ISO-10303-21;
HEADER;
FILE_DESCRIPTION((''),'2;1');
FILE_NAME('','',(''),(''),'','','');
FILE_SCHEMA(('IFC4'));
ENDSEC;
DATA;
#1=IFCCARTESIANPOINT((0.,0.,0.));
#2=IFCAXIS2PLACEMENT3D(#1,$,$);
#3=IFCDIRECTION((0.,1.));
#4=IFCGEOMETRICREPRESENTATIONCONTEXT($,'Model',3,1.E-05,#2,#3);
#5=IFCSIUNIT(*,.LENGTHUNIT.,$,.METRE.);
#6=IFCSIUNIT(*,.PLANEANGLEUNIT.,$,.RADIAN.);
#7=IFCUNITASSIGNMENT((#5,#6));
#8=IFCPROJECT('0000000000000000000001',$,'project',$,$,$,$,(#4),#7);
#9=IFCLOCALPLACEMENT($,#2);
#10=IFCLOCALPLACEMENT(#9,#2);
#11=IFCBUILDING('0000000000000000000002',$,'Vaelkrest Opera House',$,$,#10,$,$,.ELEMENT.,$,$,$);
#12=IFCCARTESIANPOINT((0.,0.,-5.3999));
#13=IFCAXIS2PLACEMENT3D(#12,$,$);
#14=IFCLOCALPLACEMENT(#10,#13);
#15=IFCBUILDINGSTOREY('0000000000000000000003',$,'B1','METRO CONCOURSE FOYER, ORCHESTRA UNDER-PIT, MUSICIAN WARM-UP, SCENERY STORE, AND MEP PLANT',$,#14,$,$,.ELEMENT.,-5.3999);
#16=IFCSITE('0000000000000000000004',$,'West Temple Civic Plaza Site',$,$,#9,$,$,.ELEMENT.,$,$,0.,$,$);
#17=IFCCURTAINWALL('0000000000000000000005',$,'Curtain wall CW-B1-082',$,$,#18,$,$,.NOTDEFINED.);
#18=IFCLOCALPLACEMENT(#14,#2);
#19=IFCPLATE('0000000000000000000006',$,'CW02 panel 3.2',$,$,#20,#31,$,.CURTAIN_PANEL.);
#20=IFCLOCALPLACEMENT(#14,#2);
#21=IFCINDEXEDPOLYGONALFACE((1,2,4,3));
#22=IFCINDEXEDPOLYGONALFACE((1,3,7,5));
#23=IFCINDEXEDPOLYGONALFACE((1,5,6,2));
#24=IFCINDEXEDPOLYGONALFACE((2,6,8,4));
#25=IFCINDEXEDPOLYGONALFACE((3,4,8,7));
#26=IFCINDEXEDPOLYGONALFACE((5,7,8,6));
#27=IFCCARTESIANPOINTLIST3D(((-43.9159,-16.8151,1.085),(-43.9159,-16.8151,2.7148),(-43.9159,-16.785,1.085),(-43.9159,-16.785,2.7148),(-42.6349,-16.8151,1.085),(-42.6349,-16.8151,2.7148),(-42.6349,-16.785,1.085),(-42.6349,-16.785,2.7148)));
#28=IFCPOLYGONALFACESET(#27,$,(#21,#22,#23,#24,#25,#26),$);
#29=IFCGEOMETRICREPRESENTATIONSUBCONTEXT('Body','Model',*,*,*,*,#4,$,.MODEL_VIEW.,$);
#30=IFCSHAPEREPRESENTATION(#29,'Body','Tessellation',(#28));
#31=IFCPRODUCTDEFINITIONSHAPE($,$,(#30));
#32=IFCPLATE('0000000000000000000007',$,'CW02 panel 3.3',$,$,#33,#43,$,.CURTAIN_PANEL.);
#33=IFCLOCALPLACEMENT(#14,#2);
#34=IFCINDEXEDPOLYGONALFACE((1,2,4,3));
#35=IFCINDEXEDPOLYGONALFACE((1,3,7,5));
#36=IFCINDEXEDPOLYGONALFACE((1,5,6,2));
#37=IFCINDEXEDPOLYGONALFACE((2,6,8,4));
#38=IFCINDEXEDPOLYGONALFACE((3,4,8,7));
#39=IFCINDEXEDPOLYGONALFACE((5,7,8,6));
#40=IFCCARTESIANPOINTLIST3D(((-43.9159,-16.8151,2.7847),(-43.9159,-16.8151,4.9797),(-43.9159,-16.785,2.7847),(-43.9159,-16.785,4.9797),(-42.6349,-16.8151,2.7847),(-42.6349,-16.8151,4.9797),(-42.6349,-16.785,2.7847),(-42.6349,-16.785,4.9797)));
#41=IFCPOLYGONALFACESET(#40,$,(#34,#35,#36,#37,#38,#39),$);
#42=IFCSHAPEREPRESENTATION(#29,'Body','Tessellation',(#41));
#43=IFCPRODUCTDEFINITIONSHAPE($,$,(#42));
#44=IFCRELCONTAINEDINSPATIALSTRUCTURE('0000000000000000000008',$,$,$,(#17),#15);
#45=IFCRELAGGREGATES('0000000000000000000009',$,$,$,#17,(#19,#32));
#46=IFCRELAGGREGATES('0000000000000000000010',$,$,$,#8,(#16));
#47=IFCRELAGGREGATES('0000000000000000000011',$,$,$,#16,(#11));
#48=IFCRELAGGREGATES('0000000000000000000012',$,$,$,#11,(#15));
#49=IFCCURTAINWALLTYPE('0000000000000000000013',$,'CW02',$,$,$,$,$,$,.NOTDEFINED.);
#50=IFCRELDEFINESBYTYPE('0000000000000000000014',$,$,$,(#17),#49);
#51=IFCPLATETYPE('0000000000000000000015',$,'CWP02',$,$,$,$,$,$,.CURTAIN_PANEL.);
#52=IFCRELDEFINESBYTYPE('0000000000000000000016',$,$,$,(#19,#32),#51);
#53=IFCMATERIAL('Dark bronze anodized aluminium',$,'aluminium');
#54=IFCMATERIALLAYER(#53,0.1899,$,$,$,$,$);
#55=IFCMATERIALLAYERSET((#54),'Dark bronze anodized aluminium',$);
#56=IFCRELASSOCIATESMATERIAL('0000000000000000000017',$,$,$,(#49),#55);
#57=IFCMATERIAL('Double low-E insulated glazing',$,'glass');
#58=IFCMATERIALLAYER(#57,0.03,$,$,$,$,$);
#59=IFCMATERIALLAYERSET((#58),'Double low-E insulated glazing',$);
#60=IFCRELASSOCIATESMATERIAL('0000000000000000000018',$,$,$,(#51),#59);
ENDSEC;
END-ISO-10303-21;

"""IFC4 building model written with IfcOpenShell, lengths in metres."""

from ifc_helpers import new_model, si_unit, direction, frame, origin, origin_2d, place, context, subcontext, project, spatial, rectangle, extrude, material, layer, layer_set, type_object, element, aggregate, save


model = new_model("IFC4")

# Units and contexts
model_context = context("Model", 3, precision=1e-05, world=origin(), true_north=direction((0.0, 1.0)))
body_context = subcontext(model_context, "Body", "Model", "MODEL_VIEW")
ifc_project = project(units=[si_unit("LENGTHUNIT", "METRE"), si_unit("PLANEANGLEUNIT", "RADIAN")], contexts=[model_context])

# Site, building, storey
site_placement = place(None, origin())
site = spatial("IfcSite", under=ifc_project, at=site_placement, Name="West Temple Civic Plaza Site", CompositionType="ELEMENT", RefElevation=0.0)
building_placement = place(site_placement, origin())
building = spatial("IfcBuilding", under=site, at=building_placement, Name="Vaelkrest Opera House", CompositionType="ELEMENT")
storey_placement = place(building_placement, frame((0.0, 0.0, -5.3999)))
storey = spatial("IfcBuildingStorey", under=building, at=storey_placement, Name="B1", Description="METRO CONCOURSE FOYER, ORCHESTRA UNDER-PIT, MUSICIAN WARM-UP, SCENERY STORE, AND MEP PLANT", CompositionType="ELEMENT", Elevation=-5.3999)

# Curtain wall, plates
ifc_material_1 = material(Name="Dark bronze anodized aluminium", Category="aluminium")
ifc_layer_1 = layer(ifc_material_1, 0.1899)
ifc_layer_set_1 = layer_set([ifc_layer_1], Name="Dark bronze anodized aluminium")
curtain_wall_type = type_object("IfcCurtainWallType", Name="CW02", PredefinedType="NOTDEFINED", material=ifc_layer_set_1)
curtain_wall_placement = place(storey_placement, origin())
curtain_wall = element("IfcCurtainWall", 1, at=curtain_wall_placement, inside=storey, type_object=curtain_wall_type, Name="Curtain wall CW-B1-082", PredefinedType="NOTDEFINED")
ifc_material_2 = material(Name="Double low-E insulated glazing", Category="glass")
ifc_layer_2 = layer(ifc_material_2, 0.03)
ifc_layer_set_2 = layer_set([ifc_layer_2], Name="Double low-E insulated glazing")
plate_type = type_object("IfcPlateType", Name="CWP02", PredefinedType="CURTAIN_PANEL", material=ifc_layer_set_2)
plate_1_placement = place(storey_placement, frame((-43.2754, -16.8, 1.085), z_axis=(0.0, 0.0, 1.0), x_axis=(-1.0, 0.0, 0.0)))
plate_1 = element("IfcPlate", 2, at=plate_1_placement, type_object=plate_type, Name="CW02 panel 3.2", PredefinedType="CURTAIN_PANEL", context=body_context, shape_type="SweptSolid", body=[
    extrude(rectangle(XDim=1.281, YDim=0.03, at=origin_2d()), origin(), (0.0, 0.0, 1.0), 1.6299),
])
plate_2_placement = place(storey_placement, frame((-43.2754, -16.8, 2.7847), z_axis=(0.0, 0.0, 1.0), x_axis=(-1.0, 0.0, 0.0)))
plate_2 = element("IfcPlate", 3, at=plate_2_placement, type_object=plate_type, Name="CW02 panel 3.3", PredefinedType="CURTAIN_PANEL", context=body_context, shape_type="SweptSolid", body=[
    extrude(rectangle(XDim=1.281, YDim=0.03, at=origin_2d()), origin(), (0.0, 0.0, 1.0), 2.1951),
])
aggregate(curtain_wall, [plate_1, plate_2])

save(model, "model.ifc")
